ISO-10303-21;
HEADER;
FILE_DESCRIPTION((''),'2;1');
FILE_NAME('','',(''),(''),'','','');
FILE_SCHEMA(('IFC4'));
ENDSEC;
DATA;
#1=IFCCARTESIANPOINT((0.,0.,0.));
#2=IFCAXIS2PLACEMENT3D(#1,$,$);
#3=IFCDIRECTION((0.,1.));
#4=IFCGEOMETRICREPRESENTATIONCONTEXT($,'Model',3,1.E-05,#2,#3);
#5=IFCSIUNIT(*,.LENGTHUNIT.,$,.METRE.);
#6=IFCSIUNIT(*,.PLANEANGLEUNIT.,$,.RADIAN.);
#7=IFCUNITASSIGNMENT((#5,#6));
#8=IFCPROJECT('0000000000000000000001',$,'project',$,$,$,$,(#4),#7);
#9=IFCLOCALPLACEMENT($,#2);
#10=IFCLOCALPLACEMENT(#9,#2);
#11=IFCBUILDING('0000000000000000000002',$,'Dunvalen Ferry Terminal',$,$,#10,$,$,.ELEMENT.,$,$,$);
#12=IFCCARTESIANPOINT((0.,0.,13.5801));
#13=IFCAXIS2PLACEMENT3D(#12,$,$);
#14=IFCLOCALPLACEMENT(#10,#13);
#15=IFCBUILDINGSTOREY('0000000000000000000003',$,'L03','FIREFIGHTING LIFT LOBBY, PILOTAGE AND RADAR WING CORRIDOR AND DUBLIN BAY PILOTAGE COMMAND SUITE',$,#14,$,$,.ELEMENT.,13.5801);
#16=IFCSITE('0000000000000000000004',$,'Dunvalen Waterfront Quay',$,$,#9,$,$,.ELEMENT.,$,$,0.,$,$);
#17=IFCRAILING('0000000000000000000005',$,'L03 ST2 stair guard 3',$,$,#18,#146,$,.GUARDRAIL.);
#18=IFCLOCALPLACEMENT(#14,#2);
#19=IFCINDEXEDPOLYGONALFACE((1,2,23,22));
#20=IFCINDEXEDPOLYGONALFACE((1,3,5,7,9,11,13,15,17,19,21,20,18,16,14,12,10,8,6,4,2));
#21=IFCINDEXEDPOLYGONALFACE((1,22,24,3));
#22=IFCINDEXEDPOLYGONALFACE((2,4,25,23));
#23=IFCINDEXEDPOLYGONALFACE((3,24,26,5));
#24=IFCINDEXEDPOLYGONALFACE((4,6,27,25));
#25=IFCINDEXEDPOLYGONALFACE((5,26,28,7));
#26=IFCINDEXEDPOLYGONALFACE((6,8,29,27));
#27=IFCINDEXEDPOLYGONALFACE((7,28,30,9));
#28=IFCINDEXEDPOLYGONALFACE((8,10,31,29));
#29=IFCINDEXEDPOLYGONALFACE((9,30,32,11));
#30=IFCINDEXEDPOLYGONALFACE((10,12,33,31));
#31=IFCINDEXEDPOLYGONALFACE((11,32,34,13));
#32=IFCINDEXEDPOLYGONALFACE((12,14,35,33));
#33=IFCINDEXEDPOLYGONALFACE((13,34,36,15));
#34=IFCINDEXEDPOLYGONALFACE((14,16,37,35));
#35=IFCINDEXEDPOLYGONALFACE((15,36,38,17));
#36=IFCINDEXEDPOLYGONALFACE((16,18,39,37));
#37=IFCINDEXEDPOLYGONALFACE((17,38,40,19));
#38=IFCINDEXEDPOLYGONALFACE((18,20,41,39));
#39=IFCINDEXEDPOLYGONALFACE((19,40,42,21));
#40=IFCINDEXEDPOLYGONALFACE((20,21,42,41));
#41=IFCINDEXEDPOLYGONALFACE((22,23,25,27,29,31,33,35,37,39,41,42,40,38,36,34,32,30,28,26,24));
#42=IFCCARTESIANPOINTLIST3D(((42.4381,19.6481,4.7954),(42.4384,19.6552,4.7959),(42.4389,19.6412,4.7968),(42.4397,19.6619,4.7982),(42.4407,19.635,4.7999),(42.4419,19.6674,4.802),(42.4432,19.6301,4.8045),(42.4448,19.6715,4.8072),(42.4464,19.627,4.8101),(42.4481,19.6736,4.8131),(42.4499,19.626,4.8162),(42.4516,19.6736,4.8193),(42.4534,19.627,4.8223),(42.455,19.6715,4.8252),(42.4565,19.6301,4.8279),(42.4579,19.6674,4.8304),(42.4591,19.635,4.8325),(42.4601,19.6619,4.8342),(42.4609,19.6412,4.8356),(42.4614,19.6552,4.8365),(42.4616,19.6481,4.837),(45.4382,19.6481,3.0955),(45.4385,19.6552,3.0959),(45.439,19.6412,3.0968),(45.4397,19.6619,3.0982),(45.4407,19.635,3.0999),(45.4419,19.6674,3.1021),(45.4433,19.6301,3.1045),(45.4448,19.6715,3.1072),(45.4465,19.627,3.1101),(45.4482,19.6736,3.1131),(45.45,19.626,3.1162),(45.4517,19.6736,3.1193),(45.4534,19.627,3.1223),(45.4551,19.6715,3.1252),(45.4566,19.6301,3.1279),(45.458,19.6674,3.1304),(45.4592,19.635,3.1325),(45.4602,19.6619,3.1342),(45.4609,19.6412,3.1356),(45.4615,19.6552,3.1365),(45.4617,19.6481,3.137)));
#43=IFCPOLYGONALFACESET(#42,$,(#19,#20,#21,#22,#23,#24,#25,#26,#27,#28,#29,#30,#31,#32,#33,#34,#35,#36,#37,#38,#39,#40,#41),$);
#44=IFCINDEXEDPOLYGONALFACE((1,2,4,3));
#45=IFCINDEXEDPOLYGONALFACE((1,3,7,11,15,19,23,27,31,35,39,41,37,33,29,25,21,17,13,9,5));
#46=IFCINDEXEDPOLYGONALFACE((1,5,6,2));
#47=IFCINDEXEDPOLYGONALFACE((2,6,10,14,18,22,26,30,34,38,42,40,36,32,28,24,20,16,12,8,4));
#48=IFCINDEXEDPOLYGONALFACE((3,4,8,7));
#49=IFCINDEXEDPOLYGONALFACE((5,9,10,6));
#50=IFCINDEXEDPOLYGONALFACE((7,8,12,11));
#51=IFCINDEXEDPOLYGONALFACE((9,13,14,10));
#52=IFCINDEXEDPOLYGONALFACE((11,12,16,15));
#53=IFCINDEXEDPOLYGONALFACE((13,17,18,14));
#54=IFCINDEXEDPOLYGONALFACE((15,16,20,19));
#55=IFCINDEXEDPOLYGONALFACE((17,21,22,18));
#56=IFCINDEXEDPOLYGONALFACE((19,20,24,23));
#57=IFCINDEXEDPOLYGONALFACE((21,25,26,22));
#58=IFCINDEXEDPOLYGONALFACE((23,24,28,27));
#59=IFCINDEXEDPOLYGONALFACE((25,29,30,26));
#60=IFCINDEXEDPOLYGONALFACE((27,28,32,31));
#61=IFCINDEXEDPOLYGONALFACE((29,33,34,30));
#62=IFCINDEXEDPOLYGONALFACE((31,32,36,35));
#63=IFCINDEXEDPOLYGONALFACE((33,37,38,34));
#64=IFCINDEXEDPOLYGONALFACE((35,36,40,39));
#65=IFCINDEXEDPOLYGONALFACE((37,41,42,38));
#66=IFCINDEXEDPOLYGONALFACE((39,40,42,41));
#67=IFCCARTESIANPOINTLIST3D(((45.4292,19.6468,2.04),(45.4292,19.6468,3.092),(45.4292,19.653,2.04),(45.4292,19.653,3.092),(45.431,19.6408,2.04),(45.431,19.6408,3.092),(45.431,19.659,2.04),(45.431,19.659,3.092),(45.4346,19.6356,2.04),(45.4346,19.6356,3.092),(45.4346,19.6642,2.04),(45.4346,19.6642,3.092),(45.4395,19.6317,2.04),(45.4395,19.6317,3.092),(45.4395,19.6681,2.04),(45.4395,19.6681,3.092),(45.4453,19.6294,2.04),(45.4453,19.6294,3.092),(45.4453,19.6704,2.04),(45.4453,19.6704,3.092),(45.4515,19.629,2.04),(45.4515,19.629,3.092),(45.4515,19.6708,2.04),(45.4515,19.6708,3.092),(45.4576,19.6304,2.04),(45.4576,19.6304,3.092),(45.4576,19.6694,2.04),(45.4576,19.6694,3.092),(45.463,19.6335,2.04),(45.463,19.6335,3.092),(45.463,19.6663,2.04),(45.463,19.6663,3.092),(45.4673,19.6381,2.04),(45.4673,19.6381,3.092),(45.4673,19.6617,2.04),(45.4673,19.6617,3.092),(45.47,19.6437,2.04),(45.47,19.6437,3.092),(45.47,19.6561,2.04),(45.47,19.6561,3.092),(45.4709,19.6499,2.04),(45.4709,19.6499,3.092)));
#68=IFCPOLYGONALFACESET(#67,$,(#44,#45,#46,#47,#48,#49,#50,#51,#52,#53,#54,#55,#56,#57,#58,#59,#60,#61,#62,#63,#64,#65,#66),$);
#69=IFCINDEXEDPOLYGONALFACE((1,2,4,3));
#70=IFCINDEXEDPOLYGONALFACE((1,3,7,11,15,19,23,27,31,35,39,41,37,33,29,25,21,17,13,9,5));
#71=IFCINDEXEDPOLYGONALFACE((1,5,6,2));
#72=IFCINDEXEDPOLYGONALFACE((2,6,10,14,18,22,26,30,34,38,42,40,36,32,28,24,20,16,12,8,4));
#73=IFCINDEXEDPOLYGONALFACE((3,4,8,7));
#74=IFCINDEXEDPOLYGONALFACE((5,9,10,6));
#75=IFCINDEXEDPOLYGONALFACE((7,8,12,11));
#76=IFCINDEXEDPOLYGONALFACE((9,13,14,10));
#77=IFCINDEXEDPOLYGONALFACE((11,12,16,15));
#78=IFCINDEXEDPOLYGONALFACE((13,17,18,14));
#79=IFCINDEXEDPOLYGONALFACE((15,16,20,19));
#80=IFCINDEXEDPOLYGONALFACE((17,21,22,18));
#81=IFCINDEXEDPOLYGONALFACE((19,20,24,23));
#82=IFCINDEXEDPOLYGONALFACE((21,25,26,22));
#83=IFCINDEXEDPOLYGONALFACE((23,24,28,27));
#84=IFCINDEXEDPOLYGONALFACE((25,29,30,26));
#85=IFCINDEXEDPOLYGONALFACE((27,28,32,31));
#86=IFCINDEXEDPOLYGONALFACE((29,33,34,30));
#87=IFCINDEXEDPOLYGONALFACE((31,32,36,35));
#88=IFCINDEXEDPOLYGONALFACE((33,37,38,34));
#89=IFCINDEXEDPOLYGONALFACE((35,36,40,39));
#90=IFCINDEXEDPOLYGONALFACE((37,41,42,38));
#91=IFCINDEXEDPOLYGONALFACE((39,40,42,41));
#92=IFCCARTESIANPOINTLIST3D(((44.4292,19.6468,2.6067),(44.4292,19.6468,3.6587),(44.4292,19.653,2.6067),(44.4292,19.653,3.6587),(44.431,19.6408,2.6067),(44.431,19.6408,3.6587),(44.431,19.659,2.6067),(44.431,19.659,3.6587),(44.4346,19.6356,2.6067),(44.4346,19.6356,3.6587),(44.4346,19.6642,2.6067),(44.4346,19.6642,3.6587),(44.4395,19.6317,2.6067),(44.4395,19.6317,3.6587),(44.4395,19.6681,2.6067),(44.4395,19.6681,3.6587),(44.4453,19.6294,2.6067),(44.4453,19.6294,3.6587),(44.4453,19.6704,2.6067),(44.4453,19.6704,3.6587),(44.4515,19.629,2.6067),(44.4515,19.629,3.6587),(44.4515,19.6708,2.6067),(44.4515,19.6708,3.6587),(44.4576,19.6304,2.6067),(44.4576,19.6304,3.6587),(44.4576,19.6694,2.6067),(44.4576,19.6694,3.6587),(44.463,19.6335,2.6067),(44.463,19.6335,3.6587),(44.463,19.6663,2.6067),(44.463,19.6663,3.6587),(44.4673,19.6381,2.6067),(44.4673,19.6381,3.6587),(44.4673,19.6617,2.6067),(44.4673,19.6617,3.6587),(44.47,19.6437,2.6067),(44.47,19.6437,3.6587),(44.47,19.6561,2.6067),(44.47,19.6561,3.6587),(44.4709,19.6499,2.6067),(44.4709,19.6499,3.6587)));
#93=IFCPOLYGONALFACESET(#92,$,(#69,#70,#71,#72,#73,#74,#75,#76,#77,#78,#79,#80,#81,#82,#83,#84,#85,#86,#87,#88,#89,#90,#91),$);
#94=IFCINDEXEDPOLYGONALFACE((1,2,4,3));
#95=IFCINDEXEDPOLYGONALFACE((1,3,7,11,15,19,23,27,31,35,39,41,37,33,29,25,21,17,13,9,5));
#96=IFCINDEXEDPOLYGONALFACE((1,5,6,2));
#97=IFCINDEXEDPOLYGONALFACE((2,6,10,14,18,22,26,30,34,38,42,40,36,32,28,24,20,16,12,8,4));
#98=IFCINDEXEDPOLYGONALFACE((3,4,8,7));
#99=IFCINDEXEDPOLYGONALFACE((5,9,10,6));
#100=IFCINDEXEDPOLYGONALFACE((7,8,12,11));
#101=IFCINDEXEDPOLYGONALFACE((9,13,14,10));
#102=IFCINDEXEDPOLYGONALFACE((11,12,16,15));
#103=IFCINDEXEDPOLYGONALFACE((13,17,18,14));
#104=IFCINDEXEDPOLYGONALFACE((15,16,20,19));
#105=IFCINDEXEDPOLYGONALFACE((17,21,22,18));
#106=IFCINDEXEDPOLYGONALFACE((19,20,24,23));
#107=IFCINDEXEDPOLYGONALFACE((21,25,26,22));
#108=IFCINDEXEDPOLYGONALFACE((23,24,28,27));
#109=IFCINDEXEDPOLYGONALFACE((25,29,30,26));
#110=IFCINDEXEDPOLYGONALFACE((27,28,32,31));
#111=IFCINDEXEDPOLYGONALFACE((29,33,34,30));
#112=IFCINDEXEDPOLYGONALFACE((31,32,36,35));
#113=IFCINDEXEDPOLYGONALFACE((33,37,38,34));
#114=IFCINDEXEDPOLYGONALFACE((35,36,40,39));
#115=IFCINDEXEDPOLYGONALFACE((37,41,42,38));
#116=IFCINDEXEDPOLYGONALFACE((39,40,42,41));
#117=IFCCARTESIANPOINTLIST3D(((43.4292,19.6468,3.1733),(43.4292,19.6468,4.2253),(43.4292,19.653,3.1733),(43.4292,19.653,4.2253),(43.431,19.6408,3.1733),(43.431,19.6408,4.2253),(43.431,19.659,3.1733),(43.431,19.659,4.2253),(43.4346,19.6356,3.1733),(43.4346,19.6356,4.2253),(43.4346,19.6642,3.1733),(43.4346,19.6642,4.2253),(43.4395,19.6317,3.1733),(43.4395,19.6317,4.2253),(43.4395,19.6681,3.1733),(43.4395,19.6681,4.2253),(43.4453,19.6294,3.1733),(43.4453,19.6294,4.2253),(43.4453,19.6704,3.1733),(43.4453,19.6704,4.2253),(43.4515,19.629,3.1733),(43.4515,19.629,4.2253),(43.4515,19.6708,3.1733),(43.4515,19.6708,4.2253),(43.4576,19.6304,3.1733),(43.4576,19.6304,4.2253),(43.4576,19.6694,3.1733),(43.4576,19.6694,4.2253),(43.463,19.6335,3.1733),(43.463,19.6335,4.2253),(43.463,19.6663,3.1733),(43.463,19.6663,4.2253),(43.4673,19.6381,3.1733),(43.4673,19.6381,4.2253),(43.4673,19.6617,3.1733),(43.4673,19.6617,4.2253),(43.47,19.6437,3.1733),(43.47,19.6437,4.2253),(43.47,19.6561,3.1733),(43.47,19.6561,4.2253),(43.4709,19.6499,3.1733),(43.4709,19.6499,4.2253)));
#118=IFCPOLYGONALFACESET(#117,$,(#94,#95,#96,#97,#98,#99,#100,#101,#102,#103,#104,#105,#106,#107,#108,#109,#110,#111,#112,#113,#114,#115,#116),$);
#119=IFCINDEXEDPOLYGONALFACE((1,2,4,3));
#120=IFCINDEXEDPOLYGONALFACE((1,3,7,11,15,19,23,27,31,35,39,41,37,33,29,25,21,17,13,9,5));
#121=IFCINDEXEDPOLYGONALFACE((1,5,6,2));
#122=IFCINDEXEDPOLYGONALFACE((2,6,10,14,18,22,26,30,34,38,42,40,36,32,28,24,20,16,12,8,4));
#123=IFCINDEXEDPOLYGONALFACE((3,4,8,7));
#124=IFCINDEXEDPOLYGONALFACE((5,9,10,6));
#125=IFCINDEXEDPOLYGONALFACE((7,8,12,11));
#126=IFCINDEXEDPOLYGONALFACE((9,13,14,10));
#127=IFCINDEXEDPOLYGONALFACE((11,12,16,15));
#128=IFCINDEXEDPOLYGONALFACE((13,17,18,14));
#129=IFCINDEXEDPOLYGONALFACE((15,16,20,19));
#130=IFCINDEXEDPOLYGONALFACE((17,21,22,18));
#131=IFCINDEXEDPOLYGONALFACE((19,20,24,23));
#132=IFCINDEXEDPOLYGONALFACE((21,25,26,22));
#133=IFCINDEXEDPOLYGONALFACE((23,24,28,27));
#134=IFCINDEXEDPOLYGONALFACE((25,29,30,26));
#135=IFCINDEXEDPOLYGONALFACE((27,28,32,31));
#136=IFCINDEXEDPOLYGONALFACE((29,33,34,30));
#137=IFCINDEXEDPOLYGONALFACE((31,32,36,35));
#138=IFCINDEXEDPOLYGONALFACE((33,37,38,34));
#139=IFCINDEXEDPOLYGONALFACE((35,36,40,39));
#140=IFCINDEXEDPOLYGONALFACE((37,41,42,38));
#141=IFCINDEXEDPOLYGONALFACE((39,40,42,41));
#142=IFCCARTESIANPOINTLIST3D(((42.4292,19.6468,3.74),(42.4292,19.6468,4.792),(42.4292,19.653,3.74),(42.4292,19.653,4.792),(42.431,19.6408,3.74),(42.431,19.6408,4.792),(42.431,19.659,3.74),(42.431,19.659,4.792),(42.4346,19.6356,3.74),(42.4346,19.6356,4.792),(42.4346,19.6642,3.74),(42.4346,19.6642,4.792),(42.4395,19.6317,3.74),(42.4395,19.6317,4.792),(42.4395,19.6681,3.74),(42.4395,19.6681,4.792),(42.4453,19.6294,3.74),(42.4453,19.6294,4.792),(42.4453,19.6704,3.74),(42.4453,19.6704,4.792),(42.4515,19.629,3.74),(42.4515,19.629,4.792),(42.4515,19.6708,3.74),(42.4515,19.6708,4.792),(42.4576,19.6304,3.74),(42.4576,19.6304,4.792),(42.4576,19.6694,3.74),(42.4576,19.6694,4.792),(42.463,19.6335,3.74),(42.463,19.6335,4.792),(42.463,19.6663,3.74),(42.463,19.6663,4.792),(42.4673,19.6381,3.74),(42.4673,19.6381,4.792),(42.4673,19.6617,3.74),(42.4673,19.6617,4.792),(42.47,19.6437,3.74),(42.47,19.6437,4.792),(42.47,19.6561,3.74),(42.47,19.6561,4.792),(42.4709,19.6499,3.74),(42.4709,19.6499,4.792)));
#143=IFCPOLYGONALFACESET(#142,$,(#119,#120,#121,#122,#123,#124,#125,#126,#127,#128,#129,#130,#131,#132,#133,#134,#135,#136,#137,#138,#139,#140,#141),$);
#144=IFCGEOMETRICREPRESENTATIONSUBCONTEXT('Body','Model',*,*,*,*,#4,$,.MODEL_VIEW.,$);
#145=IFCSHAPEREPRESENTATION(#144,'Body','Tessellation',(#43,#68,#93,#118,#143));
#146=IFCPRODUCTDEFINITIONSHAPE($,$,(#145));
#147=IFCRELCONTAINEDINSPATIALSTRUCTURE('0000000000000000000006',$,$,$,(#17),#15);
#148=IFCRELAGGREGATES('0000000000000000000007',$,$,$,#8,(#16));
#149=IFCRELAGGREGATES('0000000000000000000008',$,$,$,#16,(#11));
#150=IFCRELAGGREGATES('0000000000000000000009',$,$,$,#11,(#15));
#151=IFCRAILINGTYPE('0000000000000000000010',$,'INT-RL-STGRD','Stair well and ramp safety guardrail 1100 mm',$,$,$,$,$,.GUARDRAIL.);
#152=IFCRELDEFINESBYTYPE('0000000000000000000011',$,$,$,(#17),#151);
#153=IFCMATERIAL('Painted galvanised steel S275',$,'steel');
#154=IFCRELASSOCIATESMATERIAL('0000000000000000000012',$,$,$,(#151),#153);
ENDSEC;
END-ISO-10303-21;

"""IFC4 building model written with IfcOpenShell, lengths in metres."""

from ifc_helpers import new_model, si_unit, direction, frame, origin, origin_2d, place, context, subcontext, project, spatial, circle, extrude, material, type_object, element, save


model = new_model("IFC4")

# Units and contexts
model_context = context("Model", 3, precision=1e-05, world=origin(), true_north=direction((0.0, 1.0)))
body_context = subcontext(model_context, "Body", "Model", "MODEL_VIEW")
ifc_project = project(units=[si_unit("LENGTHUNIT", "METRE"), si_unit("PLANEANGLEUNIT", "RADIAN")], contexts=[model_context])

# Site, building, storey
site_placement = place(None, origin())
site = spatial("IfcSite", under=ifc_project, at=site_placement, Name="Dunvalen Waterfront Quay", CompositionType="ELEMENT", RefElevation=0.0)
building_placement = place(site_placement, origin())
building = spatial("IfcBuilding", under=site, at=building_placement, Name="Dunvalen Ferry Terminal", CompositionType="ELEMENT")
storey_placement = place(building_placement, frame((0.0, 0.0, 13.5801)))
storey = spatial("IfcBuildingStorey", under=building, at=storey_placement, Name="L03", Description="FIREFIGHTING LIFT LOBBY, PILOTAGE AND RADAR WING CORRIDOR AND DUBLIN BAY PILOTAGE COMMAND SUITE", CompositionType="ELEMENT", Elevation=13.5801)

# Railing
ifc_material_1 = material(Name="Painted galvanised steel S275", Category="steel")
railing_type_1 = type_object("IfcRailingType", Name="INT-RL-STGRD", Description="Stair well and ramp safety guardrail 1100 mm", PredefinedType="GUARDRAIL", material=ifc_material_1)
railing_1_placement = place(storey_placement, frame((45.45, 19.6499, 2.04)))
element("IfcRailing", 1, at=railing_1_placement, inside=storey, type_object=railing_type_1, Name="L03 ST2 stair guard 3", PredefinedType="GUARDRAIL", context=body_context, shape_type="SweptSolid", body=[
    extrude(circle(Radius=0.0239, at=origin_2d()), frame((0.0, 0.0, 1.0762), z_axis=(-0.870028, 0.0, 0.493002), x_axis=(0.0, -1.0, 0.0)), (0.0, 0.0, 1.0), 3.4482),
    extrude(circle(Radius=0.021, at=origin_2d()), origin(), (0.0, 0.0, 1.0), 1.052),
    extrude(circle(Radius=0.021, at=origin_2d()), frame((-1.0, 0.0, 0.5667)), (0.0, 0.0, 1.0), 1.052),
    extrude(circle(Radius=0.021, at=origin_2d()), frame((-2.0, 0.0, 1.1333)), (0.0, 0.0, 1.0), 1.052),
    extrude(circle(Radius=0.021, at=origin_2d()), frame((-3.0, 0.0, 1.7)), (0.0, 0.0, 1.0), 1.052),
])

save(model, "model.ifc")
